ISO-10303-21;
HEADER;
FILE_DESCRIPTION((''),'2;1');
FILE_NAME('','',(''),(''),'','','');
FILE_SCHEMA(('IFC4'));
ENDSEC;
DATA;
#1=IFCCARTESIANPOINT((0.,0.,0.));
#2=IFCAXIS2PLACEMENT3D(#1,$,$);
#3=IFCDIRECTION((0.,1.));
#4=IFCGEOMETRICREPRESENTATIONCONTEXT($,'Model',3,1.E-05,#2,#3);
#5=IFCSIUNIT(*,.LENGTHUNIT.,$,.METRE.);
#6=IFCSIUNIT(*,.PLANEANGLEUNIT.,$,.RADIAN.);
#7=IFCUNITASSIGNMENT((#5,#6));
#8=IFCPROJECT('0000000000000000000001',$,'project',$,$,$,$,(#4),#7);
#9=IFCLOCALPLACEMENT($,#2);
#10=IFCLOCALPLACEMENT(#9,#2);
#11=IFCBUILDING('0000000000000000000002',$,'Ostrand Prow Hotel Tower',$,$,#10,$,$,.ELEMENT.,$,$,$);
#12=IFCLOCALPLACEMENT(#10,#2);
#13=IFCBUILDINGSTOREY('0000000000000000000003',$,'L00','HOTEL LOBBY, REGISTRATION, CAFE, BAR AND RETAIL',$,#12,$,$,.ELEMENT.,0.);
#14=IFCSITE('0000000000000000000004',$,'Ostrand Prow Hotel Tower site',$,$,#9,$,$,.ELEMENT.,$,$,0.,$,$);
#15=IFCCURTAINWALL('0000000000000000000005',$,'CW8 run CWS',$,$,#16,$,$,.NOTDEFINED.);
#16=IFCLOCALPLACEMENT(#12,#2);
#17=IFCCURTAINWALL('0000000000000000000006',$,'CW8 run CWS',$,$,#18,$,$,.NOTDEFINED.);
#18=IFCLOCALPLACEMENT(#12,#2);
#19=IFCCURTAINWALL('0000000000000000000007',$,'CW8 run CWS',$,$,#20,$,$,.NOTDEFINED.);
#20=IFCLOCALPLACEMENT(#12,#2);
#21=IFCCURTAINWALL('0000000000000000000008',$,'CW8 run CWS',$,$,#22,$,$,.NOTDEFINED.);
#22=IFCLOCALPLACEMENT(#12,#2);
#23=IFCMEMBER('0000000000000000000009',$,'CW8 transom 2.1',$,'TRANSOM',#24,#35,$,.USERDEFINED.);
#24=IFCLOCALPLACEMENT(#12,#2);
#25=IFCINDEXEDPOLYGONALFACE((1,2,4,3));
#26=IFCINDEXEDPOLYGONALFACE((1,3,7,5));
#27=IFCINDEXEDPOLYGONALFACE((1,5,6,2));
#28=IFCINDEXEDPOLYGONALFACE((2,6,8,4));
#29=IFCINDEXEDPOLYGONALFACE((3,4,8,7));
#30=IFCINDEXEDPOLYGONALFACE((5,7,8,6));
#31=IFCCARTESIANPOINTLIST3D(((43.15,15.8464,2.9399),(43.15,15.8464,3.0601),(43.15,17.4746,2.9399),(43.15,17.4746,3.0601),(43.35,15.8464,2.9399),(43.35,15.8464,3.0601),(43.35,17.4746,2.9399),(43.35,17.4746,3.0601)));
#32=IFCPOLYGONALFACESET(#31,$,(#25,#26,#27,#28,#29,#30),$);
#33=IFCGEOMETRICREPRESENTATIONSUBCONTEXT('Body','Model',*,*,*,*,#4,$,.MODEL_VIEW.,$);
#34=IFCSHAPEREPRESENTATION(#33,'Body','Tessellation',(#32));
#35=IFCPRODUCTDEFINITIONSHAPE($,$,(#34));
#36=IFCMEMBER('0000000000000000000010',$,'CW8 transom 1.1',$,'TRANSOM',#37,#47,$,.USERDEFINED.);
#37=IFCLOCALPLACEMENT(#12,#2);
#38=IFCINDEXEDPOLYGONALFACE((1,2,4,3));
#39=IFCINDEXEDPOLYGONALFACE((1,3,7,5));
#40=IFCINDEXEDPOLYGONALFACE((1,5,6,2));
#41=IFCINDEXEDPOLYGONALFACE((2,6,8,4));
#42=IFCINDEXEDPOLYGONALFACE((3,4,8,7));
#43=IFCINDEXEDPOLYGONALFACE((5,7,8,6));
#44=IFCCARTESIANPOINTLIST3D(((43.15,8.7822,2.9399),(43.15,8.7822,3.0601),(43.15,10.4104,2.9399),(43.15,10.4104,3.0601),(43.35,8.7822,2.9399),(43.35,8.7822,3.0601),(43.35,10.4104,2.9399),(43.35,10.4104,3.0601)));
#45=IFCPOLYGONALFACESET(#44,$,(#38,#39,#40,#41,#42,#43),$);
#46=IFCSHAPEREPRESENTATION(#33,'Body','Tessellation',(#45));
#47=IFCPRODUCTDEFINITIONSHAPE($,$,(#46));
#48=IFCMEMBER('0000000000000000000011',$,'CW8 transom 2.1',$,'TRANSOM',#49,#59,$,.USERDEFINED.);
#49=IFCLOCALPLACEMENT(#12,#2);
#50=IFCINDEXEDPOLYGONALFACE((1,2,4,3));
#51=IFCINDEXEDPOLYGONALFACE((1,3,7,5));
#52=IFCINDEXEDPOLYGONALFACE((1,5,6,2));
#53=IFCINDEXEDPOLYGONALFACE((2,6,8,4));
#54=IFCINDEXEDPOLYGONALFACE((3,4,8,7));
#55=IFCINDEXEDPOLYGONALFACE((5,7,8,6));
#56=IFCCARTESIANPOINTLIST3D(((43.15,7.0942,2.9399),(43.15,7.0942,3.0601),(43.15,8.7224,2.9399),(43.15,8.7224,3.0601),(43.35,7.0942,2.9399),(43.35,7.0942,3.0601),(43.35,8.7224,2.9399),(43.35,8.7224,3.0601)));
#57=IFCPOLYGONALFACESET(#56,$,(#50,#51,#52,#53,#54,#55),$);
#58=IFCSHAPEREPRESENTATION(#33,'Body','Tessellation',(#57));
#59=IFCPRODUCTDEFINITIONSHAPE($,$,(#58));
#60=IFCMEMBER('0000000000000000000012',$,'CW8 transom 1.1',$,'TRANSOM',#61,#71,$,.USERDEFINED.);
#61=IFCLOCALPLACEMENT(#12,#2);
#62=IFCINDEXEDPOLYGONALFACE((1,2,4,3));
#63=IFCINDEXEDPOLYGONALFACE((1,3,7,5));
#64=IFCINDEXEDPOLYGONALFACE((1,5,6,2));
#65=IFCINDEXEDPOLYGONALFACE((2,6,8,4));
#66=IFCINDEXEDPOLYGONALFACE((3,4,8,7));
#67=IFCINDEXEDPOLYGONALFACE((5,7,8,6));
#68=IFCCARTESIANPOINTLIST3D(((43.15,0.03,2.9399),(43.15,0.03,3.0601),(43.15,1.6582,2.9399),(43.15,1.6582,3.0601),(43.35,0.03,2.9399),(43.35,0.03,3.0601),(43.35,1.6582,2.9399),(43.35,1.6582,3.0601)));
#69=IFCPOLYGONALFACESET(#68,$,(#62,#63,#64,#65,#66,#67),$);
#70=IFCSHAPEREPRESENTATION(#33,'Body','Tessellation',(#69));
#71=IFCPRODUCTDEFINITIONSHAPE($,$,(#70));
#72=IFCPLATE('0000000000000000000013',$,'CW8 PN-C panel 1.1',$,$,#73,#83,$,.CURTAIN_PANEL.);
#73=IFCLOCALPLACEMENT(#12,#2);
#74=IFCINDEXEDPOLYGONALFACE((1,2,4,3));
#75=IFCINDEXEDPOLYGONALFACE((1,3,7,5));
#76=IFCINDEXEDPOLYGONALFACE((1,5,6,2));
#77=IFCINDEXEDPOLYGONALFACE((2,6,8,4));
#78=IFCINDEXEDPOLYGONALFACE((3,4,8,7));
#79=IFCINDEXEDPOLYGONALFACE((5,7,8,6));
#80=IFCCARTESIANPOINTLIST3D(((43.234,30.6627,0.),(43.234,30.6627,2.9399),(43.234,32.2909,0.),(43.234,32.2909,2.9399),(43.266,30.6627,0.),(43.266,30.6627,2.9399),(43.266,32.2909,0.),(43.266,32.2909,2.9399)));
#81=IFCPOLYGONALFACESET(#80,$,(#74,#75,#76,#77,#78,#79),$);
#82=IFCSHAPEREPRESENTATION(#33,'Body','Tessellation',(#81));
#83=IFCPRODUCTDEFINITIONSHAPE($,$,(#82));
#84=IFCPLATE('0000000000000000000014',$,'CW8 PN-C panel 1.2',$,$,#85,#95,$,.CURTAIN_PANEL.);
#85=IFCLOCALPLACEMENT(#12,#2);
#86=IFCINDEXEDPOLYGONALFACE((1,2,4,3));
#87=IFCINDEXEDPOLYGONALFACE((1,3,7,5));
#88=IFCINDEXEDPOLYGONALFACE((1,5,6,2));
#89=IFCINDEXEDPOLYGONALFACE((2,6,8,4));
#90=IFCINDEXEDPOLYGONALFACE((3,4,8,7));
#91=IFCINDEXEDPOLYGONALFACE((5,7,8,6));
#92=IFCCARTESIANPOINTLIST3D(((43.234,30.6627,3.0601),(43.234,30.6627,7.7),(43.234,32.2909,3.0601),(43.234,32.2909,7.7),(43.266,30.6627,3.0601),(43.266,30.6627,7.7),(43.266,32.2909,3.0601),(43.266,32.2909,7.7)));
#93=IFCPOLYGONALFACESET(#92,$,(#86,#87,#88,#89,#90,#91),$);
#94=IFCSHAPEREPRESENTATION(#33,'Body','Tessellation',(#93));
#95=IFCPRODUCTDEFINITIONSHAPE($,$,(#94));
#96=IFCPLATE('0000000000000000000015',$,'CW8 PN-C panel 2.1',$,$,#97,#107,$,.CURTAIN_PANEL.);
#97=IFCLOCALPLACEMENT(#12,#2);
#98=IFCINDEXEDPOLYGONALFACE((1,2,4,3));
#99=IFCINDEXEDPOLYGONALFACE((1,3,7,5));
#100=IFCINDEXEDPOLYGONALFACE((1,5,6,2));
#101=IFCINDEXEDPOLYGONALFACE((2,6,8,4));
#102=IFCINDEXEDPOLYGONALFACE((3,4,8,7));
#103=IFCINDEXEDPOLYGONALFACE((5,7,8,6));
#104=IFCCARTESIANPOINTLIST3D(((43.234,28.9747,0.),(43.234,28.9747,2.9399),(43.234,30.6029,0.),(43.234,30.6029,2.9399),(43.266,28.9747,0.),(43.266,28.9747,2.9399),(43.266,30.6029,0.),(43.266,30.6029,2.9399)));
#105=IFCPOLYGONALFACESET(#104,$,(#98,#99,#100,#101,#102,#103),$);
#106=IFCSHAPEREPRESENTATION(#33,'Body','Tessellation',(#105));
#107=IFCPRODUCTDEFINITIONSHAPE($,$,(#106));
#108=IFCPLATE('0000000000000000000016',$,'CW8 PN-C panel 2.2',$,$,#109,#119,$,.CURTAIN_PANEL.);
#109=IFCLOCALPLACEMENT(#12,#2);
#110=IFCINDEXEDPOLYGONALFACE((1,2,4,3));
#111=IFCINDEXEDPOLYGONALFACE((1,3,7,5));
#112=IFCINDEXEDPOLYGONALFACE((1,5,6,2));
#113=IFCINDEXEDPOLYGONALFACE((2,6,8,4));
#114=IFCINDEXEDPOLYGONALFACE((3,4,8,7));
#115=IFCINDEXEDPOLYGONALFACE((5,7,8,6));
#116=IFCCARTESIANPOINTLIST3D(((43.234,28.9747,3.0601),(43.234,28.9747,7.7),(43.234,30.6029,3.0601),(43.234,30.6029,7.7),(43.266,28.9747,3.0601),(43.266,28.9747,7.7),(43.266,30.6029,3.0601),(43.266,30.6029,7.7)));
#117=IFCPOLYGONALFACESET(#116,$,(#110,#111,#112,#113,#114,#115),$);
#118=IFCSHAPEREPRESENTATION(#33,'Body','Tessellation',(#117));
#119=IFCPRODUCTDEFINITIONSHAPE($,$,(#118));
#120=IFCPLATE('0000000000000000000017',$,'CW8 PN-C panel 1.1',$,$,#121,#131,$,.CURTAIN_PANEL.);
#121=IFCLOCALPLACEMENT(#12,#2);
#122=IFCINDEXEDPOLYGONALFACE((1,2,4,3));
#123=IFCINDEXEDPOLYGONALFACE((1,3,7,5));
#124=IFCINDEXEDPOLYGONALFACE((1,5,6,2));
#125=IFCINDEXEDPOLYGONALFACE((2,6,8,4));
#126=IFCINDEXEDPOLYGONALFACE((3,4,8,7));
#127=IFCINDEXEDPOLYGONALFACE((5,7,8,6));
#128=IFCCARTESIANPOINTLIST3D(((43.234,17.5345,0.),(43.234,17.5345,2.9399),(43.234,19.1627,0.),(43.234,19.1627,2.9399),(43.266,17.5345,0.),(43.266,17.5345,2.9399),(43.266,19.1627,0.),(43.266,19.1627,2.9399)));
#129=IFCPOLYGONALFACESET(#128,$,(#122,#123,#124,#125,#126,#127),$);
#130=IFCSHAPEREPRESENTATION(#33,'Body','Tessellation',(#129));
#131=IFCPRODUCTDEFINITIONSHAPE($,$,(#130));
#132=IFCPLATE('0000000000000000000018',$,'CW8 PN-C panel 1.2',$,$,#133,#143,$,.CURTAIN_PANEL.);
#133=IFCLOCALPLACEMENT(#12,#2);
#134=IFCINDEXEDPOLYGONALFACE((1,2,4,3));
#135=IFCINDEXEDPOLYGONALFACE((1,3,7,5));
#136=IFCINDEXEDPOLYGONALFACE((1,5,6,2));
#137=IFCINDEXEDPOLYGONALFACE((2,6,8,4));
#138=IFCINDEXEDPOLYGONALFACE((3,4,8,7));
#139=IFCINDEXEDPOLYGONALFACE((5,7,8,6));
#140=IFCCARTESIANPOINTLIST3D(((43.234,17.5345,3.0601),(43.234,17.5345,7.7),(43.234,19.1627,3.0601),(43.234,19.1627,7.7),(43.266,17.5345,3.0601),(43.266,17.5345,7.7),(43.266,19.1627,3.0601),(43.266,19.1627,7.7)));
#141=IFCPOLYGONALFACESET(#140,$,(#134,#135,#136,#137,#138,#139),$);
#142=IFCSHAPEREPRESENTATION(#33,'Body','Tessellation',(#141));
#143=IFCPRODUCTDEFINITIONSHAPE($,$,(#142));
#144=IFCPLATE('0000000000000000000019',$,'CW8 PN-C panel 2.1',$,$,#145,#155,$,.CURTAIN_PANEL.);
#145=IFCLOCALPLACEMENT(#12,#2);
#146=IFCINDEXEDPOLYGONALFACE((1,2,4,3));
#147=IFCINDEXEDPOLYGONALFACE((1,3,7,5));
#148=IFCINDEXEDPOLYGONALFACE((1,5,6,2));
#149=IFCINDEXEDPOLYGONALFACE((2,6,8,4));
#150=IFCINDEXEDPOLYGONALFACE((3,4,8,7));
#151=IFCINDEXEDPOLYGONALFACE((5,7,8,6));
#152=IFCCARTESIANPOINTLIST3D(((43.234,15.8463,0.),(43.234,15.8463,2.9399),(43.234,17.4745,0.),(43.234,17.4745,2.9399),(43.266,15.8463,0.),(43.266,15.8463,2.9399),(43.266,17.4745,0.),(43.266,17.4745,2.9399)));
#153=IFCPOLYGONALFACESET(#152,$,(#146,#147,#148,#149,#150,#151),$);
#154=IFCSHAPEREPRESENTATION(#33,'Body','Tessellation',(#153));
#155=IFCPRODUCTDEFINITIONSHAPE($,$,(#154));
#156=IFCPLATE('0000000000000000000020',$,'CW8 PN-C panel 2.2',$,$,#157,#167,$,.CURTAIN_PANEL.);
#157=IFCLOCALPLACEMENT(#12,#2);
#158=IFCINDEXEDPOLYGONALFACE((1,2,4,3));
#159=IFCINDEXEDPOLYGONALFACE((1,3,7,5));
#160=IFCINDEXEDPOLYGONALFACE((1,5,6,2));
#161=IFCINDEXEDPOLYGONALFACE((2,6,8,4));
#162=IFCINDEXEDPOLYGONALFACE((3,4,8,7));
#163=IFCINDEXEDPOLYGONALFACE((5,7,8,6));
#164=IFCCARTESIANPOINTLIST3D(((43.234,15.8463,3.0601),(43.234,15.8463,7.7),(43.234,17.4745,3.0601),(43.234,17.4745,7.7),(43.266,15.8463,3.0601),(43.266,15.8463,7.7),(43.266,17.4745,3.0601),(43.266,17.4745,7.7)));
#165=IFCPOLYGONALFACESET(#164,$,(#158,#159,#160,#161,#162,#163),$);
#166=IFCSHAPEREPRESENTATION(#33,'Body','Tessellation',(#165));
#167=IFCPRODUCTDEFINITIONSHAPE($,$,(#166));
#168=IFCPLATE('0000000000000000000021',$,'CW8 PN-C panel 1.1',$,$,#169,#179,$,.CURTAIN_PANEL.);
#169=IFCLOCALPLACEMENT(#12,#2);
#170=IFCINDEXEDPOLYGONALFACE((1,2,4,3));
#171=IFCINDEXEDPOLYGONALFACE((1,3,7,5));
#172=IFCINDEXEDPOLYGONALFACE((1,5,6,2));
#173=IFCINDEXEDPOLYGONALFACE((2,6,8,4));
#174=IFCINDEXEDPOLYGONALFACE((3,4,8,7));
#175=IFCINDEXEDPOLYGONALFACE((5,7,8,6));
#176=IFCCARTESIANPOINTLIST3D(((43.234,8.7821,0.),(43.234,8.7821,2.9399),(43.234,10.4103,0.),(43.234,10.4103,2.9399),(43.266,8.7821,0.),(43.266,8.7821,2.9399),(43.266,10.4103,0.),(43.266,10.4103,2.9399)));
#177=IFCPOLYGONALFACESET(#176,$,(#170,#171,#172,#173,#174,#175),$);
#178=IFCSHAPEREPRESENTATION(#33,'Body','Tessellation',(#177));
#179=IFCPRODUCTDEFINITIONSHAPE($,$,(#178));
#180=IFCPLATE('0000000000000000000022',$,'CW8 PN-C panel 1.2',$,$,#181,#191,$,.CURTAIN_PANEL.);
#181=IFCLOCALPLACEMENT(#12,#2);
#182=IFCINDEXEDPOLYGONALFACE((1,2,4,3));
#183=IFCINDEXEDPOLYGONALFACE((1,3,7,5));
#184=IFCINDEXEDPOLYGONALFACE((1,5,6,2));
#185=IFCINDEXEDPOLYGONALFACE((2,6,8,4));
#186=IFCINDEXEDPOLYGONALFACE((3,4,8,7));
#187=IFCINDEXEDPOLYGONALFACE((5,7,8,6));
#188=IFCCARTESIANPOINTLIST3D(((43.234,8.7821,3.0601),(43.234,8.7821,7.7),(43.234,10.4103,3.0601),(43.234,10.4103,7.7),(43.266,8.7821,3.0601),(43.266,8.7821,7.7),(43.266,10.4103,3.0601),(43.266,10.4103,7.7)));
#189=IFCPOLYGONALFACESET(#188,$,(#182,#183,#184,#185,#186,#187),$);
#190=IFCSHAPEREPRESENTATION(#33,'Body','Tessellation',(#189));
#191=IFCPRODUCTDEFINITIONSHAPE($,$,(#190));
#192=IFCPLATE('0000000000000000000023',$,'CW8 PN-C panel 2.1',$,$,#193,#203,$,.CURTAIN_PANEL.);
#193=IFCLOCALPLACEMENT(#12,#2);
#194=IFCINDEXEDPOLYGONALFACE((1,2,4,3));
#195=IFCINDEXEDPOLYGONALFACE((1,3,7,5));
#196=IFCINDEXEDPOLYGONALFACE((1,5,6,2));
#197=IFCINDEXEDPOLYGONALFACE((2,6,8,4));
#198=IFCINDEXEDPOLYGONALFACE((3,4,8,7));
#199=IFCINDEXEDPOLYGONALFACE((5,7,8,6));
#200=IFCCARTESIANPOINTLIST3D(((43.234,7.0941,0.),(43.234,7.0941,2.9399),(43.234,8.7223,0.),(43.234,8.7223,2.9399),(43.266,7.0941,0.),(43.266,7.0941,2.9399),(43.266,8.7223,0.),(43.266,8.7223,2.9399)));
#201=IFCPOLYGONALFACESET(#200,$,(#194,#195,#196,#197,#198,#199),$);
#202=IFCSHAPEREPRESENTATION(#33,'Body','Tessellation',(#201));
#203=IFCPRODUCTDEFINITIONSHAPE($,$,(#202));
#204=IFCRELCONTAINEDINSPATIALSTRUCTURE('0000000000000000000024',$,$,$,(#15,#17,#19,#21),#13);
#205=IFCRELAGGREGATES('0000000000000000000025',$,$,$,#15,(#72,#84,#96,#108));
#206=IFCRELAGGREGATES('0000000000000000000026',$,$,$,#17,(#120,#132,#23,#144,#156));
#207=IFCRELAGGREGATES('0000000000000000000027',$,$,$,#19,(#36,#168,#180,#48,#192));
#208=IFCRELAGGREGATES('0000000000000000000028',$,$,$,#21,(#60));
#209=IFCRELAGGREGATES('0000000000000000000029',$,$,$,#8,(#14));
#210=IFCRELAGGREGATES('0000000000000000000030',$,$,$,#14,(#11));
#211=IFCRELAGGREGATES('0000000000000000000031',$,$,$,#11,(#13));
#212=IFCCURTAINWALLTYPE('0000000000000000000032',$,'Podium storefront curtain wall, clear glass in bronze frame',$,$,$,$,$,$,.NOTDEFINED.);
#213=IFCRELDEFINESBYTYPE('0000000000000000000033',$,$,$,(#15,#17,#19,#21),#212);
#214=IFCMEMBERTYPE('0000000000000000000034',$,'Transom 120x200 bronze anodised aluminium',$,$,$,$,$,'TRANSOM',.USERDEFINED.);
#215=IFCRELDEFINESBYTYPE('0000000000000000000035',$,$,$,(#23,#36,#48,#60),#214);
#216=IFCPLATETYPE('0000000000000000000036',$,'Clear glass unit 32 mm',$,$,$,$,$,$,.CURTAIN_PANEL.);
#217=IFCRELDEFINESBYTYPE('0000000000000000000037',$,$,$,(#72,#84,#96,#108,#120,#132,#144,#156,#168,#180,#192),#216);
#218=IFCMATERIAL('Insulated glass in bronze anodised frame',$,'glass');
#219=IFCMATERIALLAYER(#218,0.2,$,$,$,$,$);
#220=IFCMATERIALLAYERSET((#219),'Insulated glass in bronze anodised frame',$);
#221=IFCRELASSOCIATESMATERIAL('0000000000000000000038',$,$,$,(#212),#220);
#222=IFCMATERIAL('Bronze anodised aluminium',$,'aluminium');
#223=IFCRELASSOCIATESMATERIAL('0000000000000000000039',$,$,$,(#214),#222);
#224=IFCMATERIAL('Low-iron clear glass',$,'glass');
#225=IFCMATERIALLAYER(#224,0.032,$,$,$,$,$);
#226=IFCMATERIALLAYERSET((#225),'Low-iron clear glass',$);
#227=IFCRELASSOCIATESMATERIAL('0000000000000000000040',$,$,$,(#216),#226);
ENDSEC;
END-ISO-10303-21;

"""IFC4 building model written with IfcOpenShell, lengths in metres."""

from ifc_helpers import new_model, si_unit, direction, frame, origin, origin_2d, place, context, subcontext, project, spatial, rectangle, extrude, material, layer, layer_set, material_profile, profile_set, type_object, element, aggregate, save


model = new_model("IFC4")

# Units and contexts
model_context = context("Model", 3, precision=1e-05, world=origin(), true_north=direction((0.0, 1.0)))
body_context = subcontext(model_context, "Body", "Model", "MODEL_VIEW")
ifc_project = project(units=[si_unit("LENGTHUNIT", "METRE"), si_unit("PLANEANGLEUNIT", "RADIAN")], contexts=[model_context])

# Site, building, storey
site_placement = place(None, origin())
site = spatial("IfcSite", under=ifc_project, at=site_placement, Name="Ostrand Prow Hotel Tower site", CompositionType="ELEMENT", RefElevation=0.0)
building_placement = place(site_placement, origin())
building = spatial("IfcBuilding", under=site, at=building_placement, Name="Ostrand Prow Hotel Tower", CompositionType="ELEMENT")
storey_placement = place(building_placement, origin())
storey = spatial("IfcBuildingStorey", under=building, at=storey_placement, Name="L00", Description="HOTEL LOBBY, REGISTRATION, CAFE, BAR AND RETAIL", CompositionType="ELEMENT", Elevation=0.0)

# Curtain walls
ifc_material_1 = material(Name="Insulated glass in bronze anodised frame", Category="glass")
ifc_layer_1 = layer(ifc_material_1, 0.2)
ifc_layer_set_1 = layer_set([ifc_layer_1], Name="Insulated glass in bronze anodised frame")
curtain_wall_type = type_object("IfcCurtainWallType", Name="Podium storefront curtain wall, clear glass in bronze frame", PredefinedType="NOTDEFINED", material=ifc_layer_set_1)
curtain_wall_1_placement = place(storey_placement, origin())
curtain_wall_1 = element("IfcCurtainWall", 1, at=curtain_wall_1_placement, inside=storey, type_object=curtain_wall_type, Name="CW8 run CWS", PredefinedType="NOTDEFINED")
curtain_wall_2_placement = place(storey_placement, origin())
curtain_wall_2 = element("IfcCurtainWall", 2, at=curtain_wall_2_placement, inside=storey, type_object=curtain_wall_type, Name="CW8 run CWS", PredefinedType="NOTDEFINED")
curtain_wall_3_placement = place(storey_placement, origin())
curtain_wall_3 = element("IfcCurtainWall", 3, at=curtain_wall_3_placement, inside=storey, type_object=curtain_wall_type, Name="CW8 run CWS", PredefinedType="NOTDEFINED")
curtain_wall_4_placement = place(storey_placement, origin())
curtain_wall_4 = element("IfcCurtainWall", 4, at=curtain_wall_4_placement, inside=storey, type_object=curtain_wall_type, Name="CW8 run CWS", PredefinedType="NOTDEFINED")

# Members
ifc_material_2 = material(Name="Bronze anodised aluminium", Category="aluminium")
ifc_material_profile_1 = material_profile(ifc_material_2, rectangle(XDim=0.2, YDim=0.1201, at=origin_2d()), Name="Transom 120x200 bronze anodised aluminium")
ifc_profile_set_1 = profile_set([ifc_material_profile_1], Name="Bronze anodised aluminium")
member_type_1 = type_object("IfcMemberType", Name="Transom 120x200 bronze anodised aluminium", ElementType="TRANSOM", PredefinedType="USERDEFINED", material=ifc_profile_set_1)
member_1_placement = place(storey_placement, frame((43.25, 17.4746, 3.0), z_axis=(0.0, -1.0, 0.0), x_axis=(1.0, 0.0, 0.0)))
member_1 = element("IfcMember", 5, at=member_1_placement, type_object=member_type_1, Name="CW8 transom 2.1", ObjectType="TRANSOM", PredefinedType="USERDEFINED", context=body_context, shape_type="SweptSolid", body=[
    extrude(rectangle(XDim=0.2, YDim=0.1201, at=origin_2d()), origin(), (0.0, 0.0, 1.0), 1.6282),
])
member_2_placement = place(storey_placement, frame((43.25, 10.4104, 3.0), z_axis=(0.0, -1.0, 0.0), x_axis=(1.0, 0.0, 0.0)))
member_2 = element("IfcMember", 6, at=member_2_placement, type_object=member_type_1, Name="CW8 transom 1.1", ObjectType="TRANSOM", PredefinedType="USERDEFINED", context=body_context, shape_type="SweptSolid", body=[
    extrude(rectangle(XDim=0.2, YDim=0.1201, at=origin_2d()), origin(), (0.0, 0.0, 1.0), 1.6282),
])
member_3_placement = place(storey_placement, frame((43.25, 8.7224, 3.0), z_axis=(0.0, -1.0, 0.0), x_axis=(1.0, 0.0, 0.0)))
member_3 = element("IfcMember", 7, at=member_3_placement, type_object=member_type_1, Name="CW8 transom 2.1", ObjectType="TRANSOM", PredefinedType="USERDEFINED", context=body_context, shape_type="SweptSolid", body=[
    extrude(rectangle(XDim=0.2, YDim=0.1201, at=origin_2d()), origin(), (0.0, 0.0, 1.0), 1.6282),
])
member_4_placement = place(storey_placement, frame((43.25, 1.6582, 3.0), z_axis=(0.0, -1.0, 0.0), x_axis=(1.0, 0.0, 0.0)))
member_4 = element("IfcMember", 8, at=member_4_placement, type_object=member_type_1, Name="CW8 transom 1.1", ObjectType="TRANSOM", PredefinedType="USERDEFINED", context=body_context, shape_type="SweptSolid", body=[
    extrude(rectangle(XDim=0.2, YDim=0.1201, at=origin_2d()), origin(), (0.0, 0.0, 1.0), 1.6282),
])

# Plates
ifc_material_3 = material(Name="Low-iron clear glass", Category="glass")
ifc_layer_2 = layer(ifc_material_3, 0.032)
ifc_layer_set_2 = layer_set([ifc_layer_2], Name="Low-iron clear glass")
plate_type = type_object("IfcPlateType", Name="Clear glass unit 32 mm", PredefinedType="CURTAIN_PANEL", material=ifc_layer_set_2)
plate_1_placement = place(storey_placement, frame((43.25, 31.4768, 0.0), z_axis=(0.0, 0.0, 1.0), x_axis=(0.0, -1.0, 0.0)))
plate_1 = element("IfcPlate", 9, at=plate_1_placement, type_object=plate_type, Name="CW8 PN-C panel 1.1", PredefinedType="CURTAIN_PANEL", context=body_context, shape_type="SweptSolid", body=[
    extrude(rectangle(XDim=1.6282, YDim=0.032, at=origin_2d()), origin(), (0.0, 0.0, 1.0), 2.9399),
])
plate_2_placement = place(storey_placement, frame((43.25, 31.4768, 3.0601), z_axis=(0.0, 0.0, 1.0), x_axis=(0.0, -1.0, 0.0)))
plate_2 = element("IfcPlate", 10, at=plate_2_placement, type_object=plate_type, Name="CW8 PN-C panel 1.2", PredefinedType="CURTAIN_PANEL", context=body_context, shape_type="SweptSolid", body=[
    extrude(rectangle(XDim=1.6282, YDim=0.032, at=origin_2d()), origin(), (0.0, 0.0, 1.0), 4.6399),
])
plate_3_placement = place(storey_placement, frame((43.25, 29.7888, 0.0), z_axis=(0.0, 0.0, 1.0), x_axis=(0.0, -1.0, 0.0)))
plate_3 = element("IfcPlate", 11, at=plate_3_placement, type_object=plate_type, Name="CW8 PN-C panel 2.1", PredefinedType="CURTAIN_PANEL", context=body_context, shape_type="SweptSolid", body=[
    extrude(rectangle(XDim=1.6282, YDim=0.032, at=origin_2d()), origin(), (0.0, 0.0, 1.0), 2.9399),
])
plate_4_placement = place(storey_placement, frame((43.25, 29.7888, 3.0601), z_axis=(0.0, 0.0, 1.0), x_axis=(0.0, -1.0, 0.0)))
plate_4 = element("IfcPlate", 12, at=plate_4_placement, type_object=plate_type, Name="CW8 PN-C panel 2.2", PredefinedType="CURTAIN_PANEL", context=body_context, shape_type="SweptSolid", body=[
    extrude(rectangle(XDim=1.6282, YDim=0.032, at=origin_2d()), origin(), (0.0, 0.0, 1.0), 4.6399),
])
aggregate(curtain_wall_1, [plate_1, plate_2, plate_3, plate_4])
plate_5_placement = place(storey_placement, frame((43.25, 18.3486, 0.0), z_axis=(0.0, 0.0, 1.0), x_axis=(0.0, -1.0, 0.0)))
plate_5 = element("IfcPlate", 13, at=plate_5_placement, type_object=plate_type, Name="CW8 PN-C panel 1.1", PredefinedType="CURTAIN_PANEL", context=body_context, shape_type="SweptSolid", body=[
    extrude(rectangle(XDim=1.6282, YDim=0.032, at=origin_2d()), origin(), (0.0, 0.0, 1.0), 2.9399),
])
plate_6_placement = place(storey_placement, frame((43.25, 18.3486, 3.0601), z_axis=(0.0, 0.0, 1.0), x_axis=(0.0, -1.0, 0.0)))
plate_6 = element("IfcPlate", 14, at=plate_6_placement, type_object=plate_type, Name="CW8 PN-C panel 1.2", PredefinedType="CURTAIN_PANEL", context=body_context, shape_type="SweptSolid", body=[
    extrude(rectangle(XDim=1.6282, YDim=0.032, at=origin_2d()), origin(), (0.0, 0.0, 1.0), 4.6399),
])
plate_7_placement = place(storey_placement, frame((43.25, 16.6604, 0.0), z_axis=(0.0, 0.0, 1.0), x_axis=(0.0, -1.0, 0.0)))
plate_7 = element("IfcPlate", 15, at=plate_7_placement, type_object=plate_type, Name="CW8 PN-C panel 2.1", PredefinedType="CURTAIN_PANEL", context=body_context, shape_type="SweptSolid", body=[
    extrude(rectangle(XDim=1.6282, YDim=0.032, at=origin_2d()), origin(), (0.0, 0.0, 1.0), 2.9399),
])
plate_8_placement = place(storey_placement, frame((43.25, 16.6604, 3.0601), z_axis=(0.0, 0.0, 1.0), x_axis=(0.0, -1.0, 0.0)))
plate_8 = element("IfcPlate", 16, at=plate_8_placement, type_object=plate_type, Name="CW8 PN-C panel 2.2", PredefinedType="CURTAIN_PANEL", context=body_context, shape_type="SweptSolid", body=[
    extrude(rectangle(XDim=1.6282, YDim=0.032, at=origin_2d()), origin(), (0.0, 0.0, 1.0), 4.6399),
])
aggregate(curtain_wall_2, [plate_5, plate_6, member_1, plate_7, plate_8])
plate_9_placement = place(storey_placement, frame((43.25, 9.5962, 0.0), z_axis=(0.0, 0.0, 1.0), x_axis=(0.0, -1.0, 0.0)))
plate_9 = element("IfcPlate", 17, at=plate_9_placement, type_object=plate_type, Name="CW8 PN-C panel 1.1", PredefinedType="CURTAIN_PANEL", context=body_context, shape_type="SweptSolid", body=[
    extrude(rectangle(XDim=1.6282, YDim=0.032, at=origin_2d()), origin(), (0.0, 0.0, 1.0), 2.9399),
])
plate_10_placement = place(storey_placement, frame((43.25, 9.5962, 3.0601), z_axis=(0.0, 0.0, 1.0), x_axis=(0.0, -1.0, 0.0)))
plate_10 = element("IfcPlate", 18, at=plate_10_placement, type_object=plate_type, Name="CW8 PN-C panel 1.2", PredefinedType="CURTAIN_PANEL", context=body_context, shape_type="SweptSolid", body=[
    extrude(rectangle(XDim=1.6282, YDim=0.032, at=origin_2d()), origin(), (0.0, 0.0, 1.0), 4.6399),
])
plate_11_placement = place(storey_placement, frame((43.25, 7.9082, 0.0), z_axis=(0.0, 0.0, 1.0), x_axis=(0.0, -1.0, 0.0)))
plate_11 = element("IfcPlate", 19, at=plate_11_placement, type_object=plate_type, Name="CW8 PN-C panel 2.1", PredefinedType="CURTAIN_PANEL", context=body_context, shape_type="SweptSolid", body=[
    extrude(rectangle(XDim=1.6282, YDim=0.032, at=origin_2d()), origin(), (0.0, 0.0, 1.0), 2.9399),
])
aggregate(curtain_wall_3, [member_2, plate_9, plate_10, member_3, plate_11])
aggregate(curtain_wall_4, [member_4])

save(model, "model.ifc")
